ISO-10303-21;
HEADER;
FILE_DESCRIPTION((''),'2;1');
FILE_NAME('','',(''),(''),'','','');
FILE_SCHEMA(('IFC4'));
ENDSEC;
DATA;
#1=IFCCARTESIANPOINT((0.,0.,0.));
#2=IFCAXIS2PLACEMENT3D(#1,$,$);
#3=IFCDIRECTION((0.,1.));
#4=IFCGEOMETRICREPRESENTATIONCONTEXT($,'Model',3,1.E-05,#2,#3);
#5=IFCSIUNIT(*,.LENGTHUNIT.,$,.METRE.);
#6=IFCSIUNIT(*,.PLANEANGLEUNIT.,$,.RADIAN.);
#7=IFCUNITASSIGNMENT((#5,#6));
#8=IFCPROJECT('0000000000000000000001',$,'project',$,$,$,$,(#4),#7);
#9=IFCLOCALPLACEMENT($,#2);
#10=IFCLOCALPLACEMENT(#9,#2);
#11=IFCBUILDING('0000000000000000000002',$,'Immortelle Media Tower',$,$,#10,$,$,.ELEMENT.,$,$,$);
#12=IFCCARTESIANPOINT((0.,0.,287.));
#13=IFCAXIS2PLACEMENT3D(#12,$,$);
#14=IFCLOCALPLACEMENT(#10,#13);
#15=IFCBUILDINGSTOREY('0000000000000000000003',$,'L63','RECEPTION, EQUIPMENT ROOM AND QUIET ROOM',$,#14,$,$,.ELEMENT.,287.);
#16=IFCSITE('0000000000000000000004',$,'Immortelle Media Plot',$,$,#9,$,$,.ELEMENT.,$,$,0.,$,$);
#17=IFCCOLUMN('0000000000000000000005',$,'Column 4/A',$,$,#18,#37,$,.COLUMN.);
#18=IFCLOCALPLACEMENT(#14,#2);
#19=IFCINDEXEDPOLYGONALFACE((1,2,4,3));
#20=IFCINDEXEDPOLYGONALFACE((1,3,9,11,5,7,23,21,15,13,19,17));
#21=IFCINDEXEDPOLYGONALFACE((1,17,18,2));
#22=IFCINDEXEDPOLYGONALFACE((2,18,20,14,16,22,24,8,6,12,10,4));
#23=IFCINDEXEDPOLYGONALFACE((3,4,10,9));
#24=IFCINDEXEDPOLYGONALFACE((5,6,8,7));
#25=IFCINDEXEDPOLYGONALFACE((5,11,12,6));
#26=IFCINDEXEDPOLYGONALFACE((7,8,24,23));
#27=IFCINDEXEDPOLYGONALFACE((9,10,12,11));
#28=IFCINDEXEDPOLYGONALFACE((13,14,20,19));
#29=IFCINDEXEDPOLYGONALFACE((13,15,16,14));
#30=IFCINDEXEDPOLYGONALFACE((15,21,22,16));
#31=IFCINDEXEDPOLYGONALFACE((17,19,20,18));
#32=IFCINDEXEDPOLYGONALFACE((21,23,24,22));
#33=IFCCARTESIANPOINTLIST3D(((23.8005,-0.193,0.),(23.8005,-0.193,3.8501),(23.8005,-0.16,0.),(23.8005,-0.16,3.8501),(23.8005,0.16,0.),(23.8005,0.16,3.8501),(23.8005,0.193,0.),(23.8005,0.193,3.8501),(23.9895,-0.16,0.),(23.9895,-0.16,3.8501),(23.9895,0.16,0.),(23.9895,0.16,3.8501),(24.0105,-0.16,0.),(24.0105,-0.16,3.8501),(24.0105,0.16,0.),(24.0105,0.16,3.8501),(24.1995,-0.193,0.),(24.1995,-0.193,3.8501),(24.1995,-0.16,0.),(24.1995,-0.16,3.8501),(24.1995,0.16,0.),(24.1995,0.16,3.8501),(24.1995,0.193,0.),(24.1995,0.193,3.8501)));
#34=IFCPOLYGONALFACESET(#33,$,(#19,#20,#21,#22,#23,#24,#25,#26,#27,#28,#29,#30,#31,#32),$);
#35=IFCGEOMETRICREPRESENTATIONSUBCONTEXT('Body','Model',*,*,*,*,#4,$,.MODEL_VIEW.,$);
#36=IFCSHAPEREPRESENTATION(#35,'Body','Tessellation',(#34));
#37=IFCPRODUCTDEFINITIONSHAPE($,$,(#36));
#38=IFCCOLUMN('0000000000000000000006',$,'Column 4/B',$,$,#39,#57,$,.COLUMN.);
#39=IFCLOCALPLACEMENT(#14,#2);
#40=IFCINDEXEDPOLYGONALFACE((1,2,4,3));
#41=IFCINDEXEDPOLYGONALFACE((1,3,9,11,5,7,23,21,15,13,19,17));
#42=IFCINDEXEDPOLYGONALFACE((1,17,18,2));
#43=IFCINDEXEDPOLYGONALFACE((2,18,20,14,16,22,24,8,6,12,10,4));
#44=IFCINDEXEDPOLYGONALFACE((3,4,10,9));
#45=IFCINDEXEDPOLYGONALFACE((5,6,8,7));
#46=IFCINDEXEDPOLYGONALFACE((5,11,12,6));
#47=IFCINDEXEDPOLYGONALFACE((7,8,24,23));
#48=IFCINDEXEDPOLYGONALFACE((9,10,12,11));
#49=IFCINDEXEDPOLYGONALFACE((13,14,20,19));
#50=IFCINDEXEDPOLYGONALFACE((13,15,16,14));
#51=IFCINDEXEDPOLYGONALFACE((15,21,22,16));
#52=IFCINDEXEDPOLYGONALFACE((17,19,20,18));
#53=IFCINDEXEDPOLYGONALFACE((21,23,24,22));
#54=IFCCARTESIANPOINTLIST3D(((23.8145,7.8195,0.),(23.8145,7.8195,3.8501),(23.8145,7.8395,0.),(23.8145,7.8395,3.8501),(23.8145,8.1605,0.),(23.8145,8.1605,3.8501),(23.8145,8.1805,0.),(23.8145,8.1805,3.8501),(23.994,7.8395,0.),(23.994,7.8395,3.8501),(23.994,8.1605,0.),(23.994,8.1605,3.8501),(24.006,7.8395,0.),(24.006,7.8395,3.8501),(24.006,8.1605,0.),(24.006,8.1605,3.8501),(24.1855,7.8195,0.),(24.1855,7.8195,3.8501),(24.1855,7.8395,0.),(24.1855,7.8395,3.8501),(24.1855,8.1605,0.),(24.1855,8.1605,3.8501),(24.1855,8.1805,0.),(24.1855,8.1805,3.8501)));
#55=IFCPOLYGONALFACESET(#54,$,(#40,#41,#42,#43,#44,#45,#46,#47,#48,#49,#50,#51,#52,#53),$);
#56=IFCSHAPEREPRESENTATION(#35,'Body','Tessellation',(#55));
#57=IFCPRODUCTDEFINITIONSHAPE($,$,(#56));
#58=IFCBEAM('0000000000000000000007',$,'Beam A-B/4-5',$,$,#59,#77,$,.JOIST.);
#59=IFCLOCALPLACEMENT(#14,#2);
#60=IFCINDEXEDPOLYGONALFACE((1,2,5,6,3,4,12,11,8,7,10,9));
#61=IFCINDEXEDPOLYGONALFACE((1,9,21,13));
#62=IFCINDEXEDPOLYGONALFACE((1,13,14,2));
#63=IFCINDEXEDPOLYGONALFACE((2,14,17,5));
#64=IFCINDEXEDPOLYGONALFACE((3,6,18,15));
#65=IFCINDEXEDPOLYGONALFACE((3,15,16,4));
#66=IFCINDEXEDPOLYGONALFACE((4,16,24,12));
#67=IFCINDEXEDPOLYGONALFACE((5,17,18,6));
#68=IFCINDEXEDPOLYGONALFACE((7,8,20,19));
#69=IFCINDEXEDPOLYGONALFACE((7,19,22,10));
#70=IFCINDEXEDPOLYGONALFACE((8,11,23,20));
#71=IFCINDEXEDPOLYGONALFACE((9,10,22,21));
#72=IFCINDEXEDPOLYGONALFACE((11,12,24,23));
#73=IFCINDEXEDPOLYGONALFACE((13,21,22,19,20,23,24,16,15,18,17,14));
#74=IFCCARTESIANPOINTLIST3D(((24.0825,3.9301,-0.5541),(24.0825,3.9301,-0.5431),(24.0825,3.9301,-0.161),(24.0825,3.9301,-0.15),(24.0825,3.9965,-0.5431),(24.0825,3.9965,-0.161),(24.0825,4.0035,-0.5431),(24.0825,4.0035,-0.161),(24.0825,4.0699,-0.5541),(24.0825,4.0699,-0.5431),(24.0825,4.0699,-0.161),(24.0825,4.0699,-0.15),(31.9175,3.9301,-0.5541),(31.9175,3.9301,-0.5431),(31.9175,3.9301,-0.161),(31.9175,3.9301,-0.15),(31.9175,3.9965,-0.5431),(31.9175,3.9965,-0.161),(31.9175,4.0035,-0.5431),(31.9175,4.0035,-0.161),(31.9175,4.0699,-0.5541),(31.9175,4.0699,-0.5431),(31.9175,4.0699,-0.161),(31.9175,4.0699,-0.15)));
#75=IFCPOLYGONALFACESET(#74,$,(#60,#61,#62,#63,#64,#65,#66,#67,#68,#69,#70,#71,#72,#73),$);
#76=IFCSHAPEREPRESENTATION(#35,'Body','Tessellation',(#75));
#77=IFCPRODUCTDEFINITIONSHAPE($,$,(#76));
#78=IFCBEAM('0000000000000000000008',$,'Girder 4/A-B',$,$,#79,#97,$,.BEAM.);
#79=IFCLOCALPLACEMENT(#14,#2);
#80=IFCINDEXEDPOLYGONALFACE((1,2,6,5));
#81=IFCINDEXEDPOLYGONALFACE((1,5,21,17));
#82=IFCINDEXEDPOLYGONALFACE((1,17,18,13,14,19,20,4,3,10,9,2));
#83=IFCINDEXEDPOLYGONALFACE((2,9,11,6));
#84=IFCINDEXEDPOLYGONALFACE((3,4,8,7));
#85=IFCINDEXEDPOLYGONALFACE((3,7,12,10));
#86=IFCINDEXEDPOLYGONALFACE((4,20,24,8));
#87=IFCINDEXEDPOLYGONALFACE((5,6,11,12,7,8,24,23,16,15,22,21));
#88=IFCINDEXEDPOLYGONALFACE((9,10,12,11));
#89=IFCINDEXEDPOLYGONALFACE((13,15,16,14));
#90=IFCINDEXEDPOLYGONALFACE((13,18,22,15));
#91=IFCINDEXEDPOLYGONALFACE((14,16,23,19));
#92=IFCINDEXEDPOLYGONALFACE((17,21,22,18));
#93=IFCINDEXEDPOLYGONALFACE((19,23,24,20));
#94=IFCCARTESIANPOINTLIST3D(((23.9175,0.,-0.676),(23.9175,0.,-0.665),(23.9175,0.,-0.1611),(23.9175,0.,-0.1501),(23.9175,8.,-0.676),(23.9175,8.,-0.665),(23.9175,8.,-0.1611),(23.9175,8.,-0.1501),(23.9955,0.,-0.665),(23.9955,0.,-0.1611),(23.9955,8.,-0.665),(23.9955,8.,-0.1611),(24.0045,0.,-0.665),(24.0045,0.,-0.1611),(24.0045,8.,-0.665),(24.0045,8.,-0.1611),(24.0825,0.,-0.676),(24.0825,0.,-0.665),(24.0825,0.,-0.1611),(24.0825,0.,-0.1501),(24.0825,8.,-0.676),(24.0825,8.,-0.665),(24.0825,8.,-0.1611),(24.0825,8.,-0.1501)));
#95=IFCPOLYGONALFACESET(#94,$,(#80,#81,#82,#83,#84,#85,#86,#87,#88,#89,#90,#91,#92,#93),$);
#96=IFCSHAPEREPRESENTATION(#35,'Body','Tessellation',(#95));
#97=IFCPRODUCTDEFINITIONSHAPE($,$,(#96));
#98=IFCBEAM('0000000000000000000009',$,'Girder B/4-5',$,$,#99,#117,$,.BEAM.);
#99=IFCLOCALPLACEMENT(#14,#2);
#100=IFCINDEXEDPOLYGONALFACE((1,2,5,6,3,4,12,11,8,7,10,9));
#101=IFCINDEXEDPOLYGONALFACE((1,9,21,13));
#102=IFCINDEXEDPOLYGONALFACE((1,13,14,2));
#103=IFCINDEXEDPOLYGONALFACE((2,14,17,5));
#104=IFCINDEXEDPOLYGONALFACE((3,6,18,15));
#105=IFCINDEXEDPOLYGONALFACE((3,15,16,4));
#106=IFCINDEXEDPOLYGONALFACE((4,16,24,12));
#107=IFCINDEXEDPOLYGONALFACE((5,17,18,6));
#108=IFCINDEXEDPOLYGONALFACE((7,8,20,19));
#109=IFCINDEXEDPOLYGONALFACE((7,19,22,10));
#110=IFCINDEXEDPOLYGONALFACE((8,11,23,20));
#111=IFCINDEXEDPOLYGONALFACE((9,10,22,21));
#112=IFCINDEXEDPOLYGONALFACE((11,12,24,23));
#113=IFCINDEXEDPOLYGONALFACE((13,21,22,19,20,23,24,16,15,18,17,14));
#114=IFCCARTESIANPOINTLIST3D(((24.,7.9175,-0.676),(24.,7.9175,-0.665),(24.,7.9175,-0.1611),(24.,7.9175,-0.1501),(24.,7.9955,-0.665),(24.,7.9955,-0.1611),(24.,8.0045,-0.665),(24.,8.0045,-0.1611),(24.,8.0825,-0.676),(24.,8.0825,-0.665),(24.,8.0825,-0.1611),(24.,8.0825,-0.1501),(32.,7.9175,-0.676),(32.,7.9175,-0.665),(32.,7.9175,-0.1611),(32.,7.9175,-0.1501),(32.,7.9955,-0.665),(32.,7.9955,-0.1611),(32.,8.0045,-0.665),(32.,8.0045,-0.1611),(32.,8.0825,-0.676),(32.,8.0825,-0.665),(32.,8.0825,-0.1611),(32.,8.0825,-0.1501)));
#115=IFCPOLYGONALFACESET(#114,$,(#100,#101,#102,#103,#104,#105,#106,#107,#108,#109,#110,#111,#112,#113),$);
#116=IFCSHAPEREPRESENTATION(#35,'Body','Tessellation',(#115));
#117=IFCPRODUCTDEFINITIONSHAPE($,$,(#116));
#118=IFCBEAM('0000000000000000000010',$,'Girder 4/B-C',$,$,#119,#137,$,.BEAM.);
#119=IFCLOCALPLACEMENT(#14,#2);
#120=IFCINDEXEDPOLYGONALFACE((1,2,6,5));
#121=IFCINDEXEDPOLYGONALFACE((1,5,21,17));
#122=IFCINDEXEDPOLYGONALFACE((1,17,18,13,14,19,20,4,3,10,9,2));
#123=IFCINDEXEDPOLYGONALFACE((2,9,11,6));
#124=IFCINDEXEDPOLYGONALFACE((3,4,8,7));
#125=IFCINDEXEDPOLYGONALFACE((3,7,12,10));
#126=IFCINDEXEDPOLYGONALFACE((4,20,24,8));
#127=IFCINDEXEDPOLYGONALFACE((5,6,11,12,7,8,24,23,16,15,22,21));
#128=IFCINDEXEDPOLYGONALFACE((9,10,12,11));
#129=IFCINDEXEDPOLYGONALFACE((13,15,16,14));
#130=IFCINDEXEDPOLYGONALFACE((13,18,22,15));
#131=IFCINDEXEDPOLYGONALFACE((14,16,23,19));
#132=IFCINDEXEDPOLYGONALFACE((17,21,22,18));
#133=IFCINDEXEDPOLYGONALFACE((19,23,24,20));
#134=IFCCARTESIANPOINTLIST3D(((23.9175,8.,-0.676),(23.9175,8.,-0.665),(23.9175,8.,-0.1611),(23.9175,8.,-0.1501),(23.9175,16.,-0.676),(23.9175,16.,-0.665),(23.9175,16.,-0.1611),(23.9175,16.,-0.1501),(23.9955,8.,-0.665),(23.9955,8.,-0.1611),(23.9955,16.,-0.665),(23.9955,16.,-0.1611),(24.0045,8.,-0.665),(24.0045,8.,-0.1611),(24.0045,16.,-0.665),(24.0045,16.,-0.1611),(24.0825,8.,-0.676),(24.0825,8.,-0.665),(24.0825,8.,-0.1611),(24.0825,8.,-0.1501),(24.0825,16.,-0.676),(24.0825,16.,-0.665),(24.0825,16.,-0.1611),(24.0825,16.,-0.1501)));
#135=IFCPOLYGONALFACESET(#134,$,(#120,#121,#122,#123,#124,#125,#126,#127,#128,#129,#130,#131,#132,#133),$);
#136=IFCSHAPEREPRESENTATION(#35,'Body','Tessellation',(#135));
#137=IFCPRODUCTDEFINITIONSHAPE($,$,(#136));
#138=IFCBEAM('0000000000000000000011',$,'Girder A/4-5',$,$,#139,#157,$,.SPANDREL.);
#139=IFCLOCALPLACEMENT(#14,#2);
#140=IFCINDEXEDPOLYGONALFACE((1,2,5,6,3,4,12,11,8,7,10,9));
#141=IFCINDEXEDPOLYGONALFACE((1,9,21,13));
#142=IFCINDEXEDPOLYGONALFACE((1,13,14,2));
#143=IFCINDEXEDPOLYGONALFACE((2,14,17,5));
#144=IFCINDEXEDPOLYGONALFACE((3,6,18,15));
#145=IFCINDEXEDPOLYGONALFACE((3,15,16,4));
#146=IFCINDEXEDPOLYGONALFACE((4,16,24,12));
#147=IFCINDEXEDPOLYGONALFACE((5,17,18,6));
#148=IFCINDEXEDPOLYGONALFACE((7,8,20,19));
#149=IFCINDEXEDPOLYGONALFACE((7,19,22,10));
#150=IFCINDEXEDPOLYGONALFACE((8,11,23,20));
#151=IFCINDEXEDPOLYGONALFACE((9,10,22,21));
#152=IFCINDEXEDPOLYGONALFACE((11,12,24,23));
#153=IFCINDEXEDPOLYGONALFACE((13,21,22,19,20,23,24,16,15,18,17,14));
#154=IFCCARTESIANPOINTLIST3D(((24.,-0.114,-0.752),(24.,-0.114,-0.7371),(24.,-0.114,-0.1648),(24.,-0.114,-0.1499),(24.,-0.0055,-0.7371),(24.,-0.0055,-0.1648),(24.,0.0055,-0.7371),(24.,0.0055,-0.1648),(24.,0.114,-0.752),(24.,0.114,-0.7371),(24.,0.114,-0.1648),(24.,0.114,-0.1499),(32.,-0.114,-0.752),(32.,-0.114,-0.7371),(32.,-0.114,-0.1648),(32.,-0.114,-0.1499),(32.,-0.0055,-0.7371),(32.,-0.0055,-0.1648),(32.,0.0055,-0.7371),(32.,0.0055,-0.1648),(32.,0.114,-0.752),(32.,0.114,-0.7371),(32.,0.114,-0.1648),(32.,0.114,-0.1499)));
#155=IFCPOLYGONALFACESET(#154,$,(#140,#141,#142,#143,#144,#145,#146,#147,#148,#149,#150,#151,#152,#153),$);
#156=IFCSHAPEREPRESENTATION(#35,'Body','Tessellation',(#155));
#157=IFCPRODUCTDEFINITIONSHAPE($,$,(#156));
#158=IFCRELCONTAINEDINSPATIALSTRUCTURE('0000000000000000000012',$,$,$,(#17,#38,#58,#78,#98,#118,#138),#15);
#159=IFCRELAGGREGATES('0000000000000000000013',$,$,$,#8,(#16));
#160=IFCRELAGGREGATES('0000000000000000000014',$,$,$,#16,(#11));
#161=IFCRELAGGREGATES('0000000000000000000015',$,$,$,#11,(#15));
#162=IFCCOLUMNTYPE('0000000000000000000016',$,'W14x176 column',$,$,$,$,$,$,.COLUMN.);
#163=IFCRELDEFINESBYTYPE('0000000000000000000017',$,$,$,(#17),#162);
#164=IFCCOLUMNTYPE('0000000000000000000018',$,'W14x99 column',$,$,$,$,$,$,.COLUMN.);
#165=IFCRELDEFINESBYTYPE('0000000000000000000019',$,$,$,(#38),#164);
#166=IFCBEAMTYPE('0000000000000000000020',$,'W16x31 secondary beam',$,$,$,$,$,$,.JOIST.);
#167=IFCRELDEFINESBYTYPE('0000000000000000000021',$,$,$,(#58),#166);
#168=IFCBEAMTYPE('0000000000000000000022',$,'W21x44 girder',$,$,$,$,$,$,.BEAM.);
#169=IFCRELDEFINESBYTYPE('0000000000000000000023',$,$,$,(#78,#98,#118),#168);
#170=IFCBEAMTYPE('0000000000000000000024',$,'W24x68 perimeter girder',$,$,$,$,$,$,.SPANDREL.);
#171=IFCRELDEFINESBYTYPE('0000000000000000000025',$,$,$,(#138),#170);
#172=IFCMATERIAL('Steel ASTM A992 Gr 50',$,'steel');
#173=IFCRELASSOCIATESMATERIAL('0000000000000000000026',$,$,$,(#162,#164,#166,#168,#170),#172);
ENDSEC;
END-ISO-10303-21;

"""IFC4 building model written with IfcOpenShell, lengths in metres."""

from ifc_helpers import new_model, si_unit, direction, frame, origin, origin_2d, place, context, subcontext, project, spatial, i_section, extrude, material, material_profile, profile_set, type_object, element, save


model = new_model("IFC4")

# Units and contexts
model_context = context("Model", 3, precision=1e-05, world=origin(), true_north=direction((0.0, 1.0)))
body_context = subcontext(model_context, "Body", "Model", "MODEL_VIEW")
ifc_project = project(units=[si_unit("LENGTHUNIT", "METRE"), si_unit("PLANEANGLEUNIT", "RADIAN")], contexts=[model_context])

# Site, building, storey
site_placement = place(None, origin())
site = spatial("IfcSite", under=ifc_project, at=site_placement, Name="Immortelle Media Plot", CompositionType="ELEMENT", RefElevation=0.0)
building_placement = place(site_placement, origin())
building = spatial("IfcBuilding", under=site, at=building_placement, Name="Immortelle Media Tower", CompositionType="ELEMENT")
storey_placement = place(building_placement, frame((0.0, 0.0, 287.0)))
storey = spatial("IfcBuildingStorey", under=building, at=storey_placement, Name="L63", Description="RECEPTION, EQUIPMENT ROOM AND QUIET ROOM", CompositionType="ELEMENT", Elevation=287.0)

# Columns
ifc_material_1 = material(Name="Steel ASTM A992 Gr 50", Category="steel")
ifc_material_profile_1 = material_profile(ifc_material_1, i_section(OverallWidth=0.3989, OverallDepth=0.386, WebThickness=0.021, FlangeThickness=0.033, at=origin_2d()), Name="W14x176")
ifc_profile_set_1 = profile_set([ifc_material_profile_1], Name="Steel ASTM A992 Gr 50")
column_type_1 = type_object("IfcColumnType", Name="W14x176 column", PredefinedType="COLUMN", material=ifc_profile_set_1)
column_1_placement = place(storey_placement, frame((24.0, 0.0, 0.0), z_axis=(0.0, 0.0, 1.0), x_axis=(1.0, 0.0, 0.0)))
element("IfcColumn", 1, at=column_1_placement, inside=storey, type_object=column_type_1, Name="Column 4/A", PredefinedType="COLUMN", context=body_context, shape_type="SweptSolid", body=[
    extrude(i_section(OverallWidth=0.3989, OverallDepth=0.386, WebThickness=0.021, FlangeThickness=0.033, at=origin_2d()), origin(), (0.0, 0.0, 1.0), 3.8501),
])
ifc_material_profile_2 = material_profile(ifc_material_1, i_section(OverallWidth=0.3711, OverallDepth=0.3611, WebThickness=0.012, FlangeThickness=0.02, at=origin_2d()), Name="W14x99")
ifc_profile_set_2 = profile_set([ifc_material_profile_2], Name="Steel ASTM A992 Gr 50")
column_type_2 = type_object("IfcColumnType", Name="W14x99 column", PredefinedType="COLUMN", material=ifc_profile_set_2)
column_2_placement = place(storey_placement, frame((24.0, 8.0, 0.0), z_axis=(0.0, 0.0, 1.0), x_axis=(1.0, 0.0, 0.0)))
element("IfcColumn", 2, at=column_2_placement, inside=storey, type_object=column_type_2, Name="Column 4/B", PredefinedType="COLUMN", context=body_context, shape_type="SweptSolid", body=[
    extrude(i_section(OverallWidth=0.3711, OverallDepth=0.3611, WebThickness=0.012, FlangeThickness=0.02, at=origin_2d()), origin(), (0.0, 0.0, 1.0), 3.8501),
])

# Beams
ifc_material_profile_3 = material_profile(ifc_material_1, i_section(OverallWidth=0.1399, OverallDepth=0.4041, WebThickness=0.0071, FlangeThickness=0.011, at=origin_2d()), Name="W16x31")
ifc_profile_set_3 = profile_set([ifc_material_profile_3], Name="Steel ASTM A992 Gr 50")
beam_type_1 = type_object("IfcBeamType", Name="W16x31 secondary beam", PredefinedType="JOIST", material=ifc_profile_set_3)
beam_1_placement = place(storey_placement, frame((24.0825, 4.0, -0.3521), z_axis=(1.0, 0.0, 0.0), x_axis=(0.0, 1.0, 0.0)))
element("IfcBeam", 3, at=beam_1_placement, inside=storey, type_object=beam_type_1, Name="Beam A-B/4-5", PredefinedType="JOIST", context=body_context, shape_type="SweptSolid", body=[
    extrude(i_section(OverallWidth=0.1399, OverallDepth=0.4041, WebThickness=0.0071, FlangeThickness=0.011, at=origin_2d()), origin(), (0.0, 0.0, 1.0), 7.835),
])
ifc_material_profile_4 = material_profile(ifc_material_1, i_section(OverallWidth=0.165, OverallDepth=0.5259, WebThickness=0.009, FlangeThickness=0.011, at=origin_2d()), Name="W21x44")
ifc_profile_set_4 = profile_set([ifc_material_profile_4], Name="Steel ASTM A992 Gr 50")
beam_type_2 = type_object("IfcBeamType", Name="W21x44 girder", PredefinedType="BEAM", material=ifc_profile_set_4)
for number, where, z_axis, x_axis, name in (
    (4, (24.0, 0.0, -0.4131), (0.0, 1.0, 0.0), (-1.0, 0.0, 0.0), "Girder 4/A-B"),
    (5, (24.0, 8.0, -0.4131), (1.0, 0.0, 0.0), (0.0, 1.0, 0.0), "Girder B/4-5"),
    (6, (24.0, 8.0, -0.4131), (0.0, 1.0, 0.0), (-1.0, 0.0, 0.0), "Girder 4/B-C"),
):
    element("IfcBeam", number, at=place(storey_placement, frame(where, z_axis=z_axis, x_axis=x_axis)), inside=storey, type_object=beam_type_2, Name=name, PredefinedType="BEAM", context=body_context, shape_type="SweptSolid", body=[
        extrude(i_section(OverallWidth=0.165, OverallDepth=0.5259, WebThickness=0.009, FlangeThickness=0.011, at=origin_2d()), origin(), (0.0, 0.0, 1.0), 8.0),
    ])
ifc_material_profile_5 = material_profile(ifc_material_1, i_section(OverallWidth=0.228, OverallDepth=0.6021, WebThickness=0.011, FlangeThickness=0.0149, at=origin_2d()), Name="W24x68")
ifc_profile_set_5 = profile_set([ifc_material_profile_5], Name="Steel ASTM A992 Gr 50")
beam_type_3 = type_object("IfcBeamType", Name="W24x68 perimeter girder", PredefinedType="SPANDREL", material=ifc_profile_set_5)
beam_2_placement = place(storey_placement, frame((24.0, 0.0, -0.4509), z_axis=(1.0, 0.0, 0.0), x_axis=(0.0, 1.0, 0.0)))
element("IfcBeam", 7, at=beam_2_placement, inside=storey, type_object=beam_type_3, Name="Girder A/4-5", PredefinedType="SPANDREL", context=body_context, shape_type="SweptSolid", body=[
    extrude(i_section(OverallWidth=0.228, OverallDepth=0.6021, WebThickness=0.011, FlangeThickness=0.0149, at=origin_2d()), origin(), (0.0, 0.0, 1.0), 8.0),
])

save(model, "model.ifc")
